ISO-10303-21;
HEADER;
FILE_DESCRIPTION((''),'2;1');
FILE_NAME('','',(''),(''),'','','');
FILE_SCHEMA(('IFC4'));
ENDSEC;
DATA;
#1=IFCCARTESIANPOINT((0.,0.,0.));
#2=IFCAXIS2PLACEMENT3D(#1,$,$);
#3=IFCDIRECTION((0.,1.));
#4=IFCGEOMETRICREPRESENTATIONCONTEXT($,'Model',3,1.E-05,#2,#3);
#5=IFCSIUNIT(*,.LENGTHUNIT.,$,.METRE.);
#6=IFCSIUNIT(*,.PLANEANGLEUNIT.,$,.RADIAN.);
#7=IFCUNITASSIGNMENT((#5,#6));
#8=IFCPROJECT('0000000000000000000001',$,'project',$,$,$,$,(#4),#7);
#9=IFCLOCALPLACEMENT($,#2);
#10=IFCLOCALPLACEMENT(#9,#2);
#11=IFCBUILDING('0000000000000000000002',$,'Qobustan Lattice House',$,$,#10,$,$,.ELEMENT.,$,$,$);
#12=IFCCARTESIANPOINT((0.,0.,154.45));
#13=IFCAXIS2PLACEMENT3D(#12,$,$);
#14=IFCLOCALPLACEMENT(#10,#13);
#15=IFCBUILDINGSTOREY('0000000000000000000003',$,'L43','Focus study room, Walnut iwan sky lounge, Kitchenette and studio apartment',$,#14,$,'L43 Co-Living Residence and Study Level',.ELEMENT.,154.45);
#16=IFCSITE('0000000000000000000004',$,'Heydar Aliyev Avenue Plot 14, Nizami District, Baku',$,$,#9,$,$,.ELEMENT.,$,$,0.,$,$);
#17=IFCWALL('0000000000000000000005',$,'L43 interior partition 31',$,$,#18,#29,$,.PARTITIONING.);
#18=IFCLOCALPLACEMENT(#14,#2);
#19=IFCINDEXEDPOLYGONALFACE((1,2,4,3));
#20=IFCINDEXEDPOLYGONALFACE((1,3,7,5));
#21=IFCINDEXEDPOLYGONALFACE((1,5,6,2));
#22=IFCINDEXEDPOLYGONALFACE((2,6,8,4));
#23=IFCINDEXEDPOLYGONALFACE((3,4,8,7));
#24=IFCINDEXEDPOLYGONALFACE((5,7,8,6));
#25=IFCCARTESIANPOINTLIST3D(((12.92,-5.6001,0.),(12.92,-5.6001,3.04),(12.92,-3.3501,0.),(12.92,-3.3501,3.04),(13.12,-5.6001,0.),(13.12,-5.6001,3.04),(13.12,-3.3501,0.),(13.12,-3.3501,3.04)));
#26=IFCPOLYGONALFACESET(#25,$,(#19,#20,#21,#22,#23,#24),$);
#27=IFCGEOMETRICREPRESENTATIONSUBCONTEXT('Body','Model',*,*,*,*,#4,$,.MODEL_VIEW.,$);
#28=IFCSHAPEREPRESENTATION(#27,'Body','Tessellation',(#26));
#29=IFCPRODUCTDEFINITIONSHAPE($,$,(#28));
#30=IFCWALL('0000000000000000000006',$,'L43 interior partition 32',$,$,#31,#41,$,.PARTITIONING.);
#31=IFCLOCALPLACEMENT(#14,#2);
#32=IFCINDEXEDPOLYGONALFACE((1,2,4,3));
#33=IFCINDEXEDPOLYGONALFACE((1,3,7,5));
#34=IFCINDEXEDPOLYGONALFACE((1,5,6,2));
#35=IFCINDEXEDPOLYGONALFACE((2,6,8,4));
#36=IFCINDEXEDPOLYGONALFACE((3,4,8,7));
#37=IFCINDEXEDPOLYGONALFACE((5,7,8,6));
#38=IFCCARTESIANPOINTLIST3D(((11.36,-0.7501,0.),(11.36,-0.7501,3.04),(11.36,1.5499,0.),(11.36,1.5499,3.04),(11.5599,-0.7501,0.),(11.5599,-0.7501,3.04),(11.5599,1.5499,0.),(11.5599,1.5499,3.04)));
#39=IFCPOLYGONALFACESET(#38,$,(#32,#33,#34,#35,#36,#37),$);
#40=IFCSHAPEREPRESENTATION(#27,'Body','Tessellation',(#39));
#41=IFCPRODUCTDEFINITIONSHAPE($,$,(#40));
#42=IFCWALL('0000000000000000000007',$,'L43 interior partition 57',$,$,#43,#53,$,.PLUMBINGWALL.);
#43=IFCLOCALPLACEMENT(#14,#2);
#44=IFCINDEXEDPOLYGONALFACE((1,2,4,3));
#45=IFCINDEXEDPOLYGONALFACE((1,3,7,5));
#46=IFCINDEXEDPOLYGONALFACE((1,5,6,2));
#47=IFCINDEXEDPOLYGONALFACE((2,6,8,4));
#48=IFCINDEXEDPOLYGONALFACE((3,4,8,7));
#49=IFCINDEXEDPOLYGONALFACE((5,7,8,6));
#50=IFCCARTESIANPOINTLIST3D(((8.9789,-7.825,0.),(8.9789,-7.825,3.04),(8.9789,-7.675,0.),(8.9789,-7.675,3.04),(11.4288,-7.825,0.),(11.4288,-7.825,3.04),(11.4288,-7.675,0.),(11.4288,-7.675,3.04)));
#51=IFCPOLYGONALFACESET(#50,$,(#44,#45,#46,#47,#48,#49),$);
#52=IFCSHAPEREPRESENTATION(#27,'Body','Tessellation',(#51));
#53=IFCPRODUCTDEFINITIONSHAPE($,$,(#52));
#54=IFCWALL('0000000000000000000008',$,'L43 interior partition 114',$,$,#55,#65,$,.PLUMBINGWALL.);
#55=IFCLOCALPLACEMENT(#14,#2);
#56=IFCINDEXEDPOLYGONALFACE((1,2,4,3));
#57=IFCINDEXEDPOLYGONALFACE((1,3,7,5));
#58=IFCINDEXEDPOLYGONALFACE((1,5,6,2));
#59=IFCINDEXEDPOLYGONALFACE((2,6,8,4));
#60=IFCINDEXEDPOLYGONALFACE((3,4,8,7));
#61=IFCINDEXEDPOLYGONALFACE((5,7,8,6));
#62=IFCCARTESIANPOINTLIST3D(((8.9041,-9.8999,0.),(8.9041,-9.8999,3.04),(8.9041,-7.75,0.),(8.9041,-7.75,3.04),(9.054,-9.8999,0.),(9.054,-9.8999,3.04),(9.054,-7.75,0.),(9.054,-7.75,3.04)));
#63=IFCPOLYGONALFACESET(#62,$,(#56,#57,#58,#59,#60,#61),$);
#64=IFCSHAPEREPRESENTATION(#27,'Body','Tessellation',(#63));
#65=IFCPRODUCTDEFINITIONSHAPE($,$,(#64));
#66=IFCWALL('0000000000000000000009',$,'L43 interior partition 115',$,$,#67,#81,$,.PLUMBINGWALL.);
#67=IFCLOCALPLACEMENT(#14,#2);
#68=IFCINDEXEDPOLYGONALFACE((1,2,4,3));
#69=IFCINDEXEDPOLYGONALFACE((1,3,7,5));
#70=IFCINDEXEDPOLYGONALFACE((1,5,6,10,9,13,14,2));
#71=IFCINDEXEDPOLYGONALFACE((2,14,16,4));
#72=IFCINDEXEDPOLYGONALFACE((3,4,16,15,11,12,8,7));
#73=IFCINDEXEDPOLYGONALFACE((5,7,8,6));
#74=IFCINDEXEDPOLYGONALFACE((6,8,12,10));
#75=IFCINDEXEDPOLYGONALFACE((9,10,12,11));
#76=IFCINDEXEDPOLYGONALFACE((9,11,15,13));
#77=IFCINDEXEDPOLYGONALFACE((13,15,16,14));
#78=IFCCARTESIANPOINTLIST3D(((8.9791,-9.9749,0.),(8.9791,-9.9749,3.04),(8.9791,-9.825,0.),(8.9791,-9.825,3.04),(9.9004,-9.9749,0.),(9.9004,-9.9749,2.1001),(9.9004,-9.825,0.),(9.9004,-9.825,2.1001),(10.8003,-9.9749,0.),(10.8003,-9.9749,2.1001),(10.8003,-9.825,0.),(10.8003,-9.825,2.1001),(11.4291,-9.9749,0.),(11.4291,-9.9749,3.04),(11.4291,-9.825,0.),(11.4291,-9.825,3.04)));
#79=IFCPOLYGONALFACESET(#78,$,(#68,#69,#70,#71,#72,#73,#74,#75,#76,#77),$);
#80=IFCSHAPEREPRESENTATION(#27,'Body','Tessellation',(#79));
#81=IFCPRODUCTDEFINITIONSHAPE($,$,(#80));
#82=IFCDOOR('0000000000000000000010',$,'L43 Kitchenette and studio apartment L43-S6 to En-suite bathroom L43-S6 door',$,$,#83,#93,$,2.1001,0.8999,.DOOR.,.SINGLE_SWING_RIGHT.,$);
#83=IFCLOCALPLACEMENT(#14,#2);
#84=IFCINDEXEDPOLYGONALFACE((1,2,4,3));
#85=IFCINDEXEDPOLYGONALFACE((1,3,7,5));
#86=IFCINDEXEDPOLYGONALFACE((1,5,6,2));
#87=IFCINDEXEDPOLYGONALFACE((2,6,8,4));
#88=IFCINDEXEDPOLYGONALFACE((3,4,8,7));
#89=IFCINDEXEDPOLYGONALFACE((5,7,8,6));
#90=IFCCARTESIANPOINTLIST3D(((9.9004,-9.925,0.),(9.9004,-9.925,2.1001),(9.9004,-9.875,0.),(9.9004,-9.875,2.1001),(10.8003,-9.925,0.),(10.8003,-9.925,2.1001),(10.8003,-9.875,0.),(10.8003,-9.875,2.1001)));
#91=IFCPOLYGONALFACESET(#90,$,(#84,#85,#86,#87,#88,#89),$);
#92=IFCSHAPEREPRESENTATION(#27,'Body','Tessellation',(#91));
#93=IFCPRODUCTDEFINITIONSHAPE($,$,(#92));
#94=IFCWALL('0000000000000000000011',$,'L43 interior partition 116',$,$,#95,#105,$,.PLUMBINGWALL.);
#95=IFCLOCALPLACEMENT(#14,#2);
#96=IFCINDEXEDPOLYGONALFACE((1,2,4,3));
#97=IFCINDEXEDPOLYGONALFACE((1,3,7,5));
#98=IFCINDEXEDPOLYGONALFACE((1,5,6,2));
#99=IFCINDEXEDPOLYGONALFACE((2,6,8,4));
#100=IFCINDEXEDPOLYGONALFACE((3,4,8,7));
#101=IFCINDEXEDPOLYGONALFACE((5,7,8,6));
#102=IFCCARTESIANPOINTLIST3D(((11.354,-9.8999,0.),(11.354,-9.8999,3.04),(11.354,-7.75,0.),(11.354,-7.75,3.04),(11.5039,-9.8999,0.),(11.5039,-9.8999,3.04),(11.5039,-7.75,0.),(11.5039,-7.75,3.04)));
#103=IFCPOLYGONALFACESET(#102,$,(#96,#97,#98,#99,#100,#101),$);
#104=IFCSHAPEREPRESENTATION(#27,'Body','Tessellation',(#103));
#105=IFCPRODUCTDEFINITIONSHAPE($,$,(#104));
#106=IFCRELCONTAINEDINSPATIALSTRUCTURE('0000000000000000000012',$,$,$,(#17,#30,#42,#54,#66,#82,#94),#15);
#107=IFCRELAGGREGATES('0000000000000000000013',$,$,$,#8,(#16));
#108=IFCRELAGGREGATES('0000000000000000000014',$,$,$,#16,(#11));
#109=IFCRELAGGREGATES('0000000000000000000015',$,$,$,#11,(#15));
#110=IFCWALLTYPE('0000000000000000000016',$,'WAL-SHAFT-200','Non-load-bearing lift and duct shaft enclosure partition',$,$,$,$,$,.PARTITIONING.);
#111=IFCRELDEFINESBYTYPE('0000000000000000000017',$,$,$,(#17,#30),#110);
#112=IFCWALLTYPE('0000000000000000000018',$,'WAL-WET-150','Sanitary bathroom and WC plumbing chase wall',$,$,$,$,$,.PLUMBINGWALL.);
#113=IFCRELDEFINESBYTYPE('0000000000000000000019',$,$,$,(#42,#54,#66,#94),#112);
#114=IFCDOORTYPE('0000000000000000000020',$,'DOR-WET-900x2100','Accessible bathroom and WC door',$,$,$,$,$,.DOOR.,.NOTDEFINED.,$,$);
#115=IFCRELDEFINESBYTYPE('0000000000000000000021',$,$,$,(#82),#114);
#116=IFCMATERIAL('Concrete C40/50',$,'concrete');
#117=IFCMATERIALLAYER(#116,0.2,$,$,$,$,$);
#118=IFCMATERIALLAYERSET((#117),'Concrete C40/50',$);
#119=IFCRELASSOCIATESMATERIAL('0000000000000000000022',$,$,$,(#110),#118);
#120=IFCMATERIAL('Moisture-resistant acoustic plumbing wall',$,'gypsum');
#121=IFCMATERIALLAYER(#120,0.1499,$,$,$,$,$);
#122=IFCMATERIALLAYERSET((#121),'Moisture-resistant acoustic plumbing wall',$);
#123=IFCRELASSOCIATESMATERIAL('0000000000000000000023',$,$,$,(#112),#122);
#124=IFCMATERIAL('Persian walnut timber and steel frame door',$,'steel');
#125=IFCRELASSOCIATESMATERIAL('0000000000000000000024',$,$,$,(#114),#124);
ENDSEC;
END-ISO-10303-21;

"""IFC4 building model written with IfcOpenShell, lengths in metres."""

from ifc_helpers import new_model, si_unit, direction, frame, frame_2d, origin, place, context, subcontext, project, spatial, rectangle, extrude, material, layer, layer_set, type_object, element, fill, save


model = new_model("IFC4")

# Units and contexts
model_context = context("Model", 3, precision=1e-05, world=origin(), true_north=direction((0.0, 1.0)))
body_context = subcontext(model_context, "Body", "Model", "MODEL_VIEW")
ifc_project = project(units=[si_unit("LENGTHUNIT", "METRE"), si_unit("PLANEANGLEUNIT", "RADIAN")], contexts=[model_context])

# Site, building, storey
site_placement = place(None, origin())
site = spatial("IfcSite", under=ifc_project, at=site_placement, Name="Heydar Aliyev Avenue Plot 14, Nizami District, Baku", CompositionType="ELEMENT", RefElevation=0.0)
building_placement = place(site_placement, origin())
building = spatial("IfcBuilding", under=site, at=building_placement, Name="Qobustan Lattice House", CompositionType="ELEMENT")
storey_placement = place(building_placement, frame((0.0, 0.0, 154.45)))
storey = spatial("IfcBuildingStorey", under=building, at=storey_placement, Name="L43", Description="Focus study room, Walnut iwan sky lounge, Kitchenette and studio apartment", LongName="L43 Co-Living Residence and Study Level", CompositionType="ELEMENT", Elevation=154.45)

# Shared definitions
ifc_material_1 = material(Name="Concrete C40/50", Category="concrete")
ifc_layer_1 = layer(ifc_material_1, 0.2)
ifc_layer_set_1 = layer_set([ifc_layer_1], Name="Concrete C40/50")
wall_type_1 = type_object("IfcWallType", Name="WAL-SHAFT-200", Description="Non-load-bearing lift and duct shaft enclosure partition", PredefinedType="PARTITIONING", material=ifc_layer_set_1)

# Walls
for number, where, z_axis, x_axis, name in (
    (1, (13.02, -5.6001, 0.0), (0.0, 0.0, 1.0), (0.0, 1.0, 0.0), "L43 interior partition 31"),
):
    element("IfcWall", number, at=place(storey_placement, frame(where, z_axis=z_axis, x_axis=x_axis)), inside=storey, type_object=wall_type_1, Name=name, PredefinedType="PARTITIONING", context=body_context, shape_type="SweptSolid", body=[
        extrude(rectangle(XDim=2.25, YDim=0.2, at=frame_2d((1.125, 0.0))), origin(), (0.0, 0.0, 1.0), 3.04),
    ])
wall_1_placement = place(storey_placement, frame((11.46, -0.75, 0.0), z_axis=(0.0, 0.0, 1.0), x_axis=(0.0, 1.0, 0.0)))
element("IfcWall", 2, at=wall_1_placement, inside=storey, type_object=wall_type_1, Name="L43 interior partition 32", PredefinedType="PARTITIONING", context=body_context, shape_type="SweptSolid", body=[
    extrude(rectangle(XDim=2.3, YDim=0.2, at=frame_2d((1.1499, 0.0))), origin(), (0.0, 0.0, 1.0), 3.04),
])
ifc_material_2 = material(Name="Moisture-resistant acoustic plumbing wall", Category="gypsum")
ifc_layer_2 = layer(ifc_material_2, 0.1499)
ifc_layer_set_2 = layer_set([ifc_layer_2], Name="Moisture-resistant acoustic plumbing wall")
wall_type_2 = type_object("IfcWallType", Name="WAL-WET-150", Description="Sanitary bathroom and WC plumbing chase wall", PredefinedType="PLUMBINGWALL", material=ifc_layer_set_2)
wall_2_placement = place(storey_placement, frame((11.429, -7.75, 0.0), z_axis=(0.0, 0.0, 1.0), x_axis=(-1.0, 0.0, 0.0)))
element("IfcWall", 3, at=wall_2_placement, inside=storey, type_object=wall_type_2, Name="L43 interior partition 57", PredefinedType="PLUMBINGWALL", context=body_context, shape_type="SweptSolid", body=[
    extrude(rectangle(XDim=2.45, YDim=0.1499, at=frame_2d((1.2251, 0.0))), origin(), (0.0, 0.0, 1.0), 3.04),
])
wall_3_placement = place(storey_placement, frame((8.979, -7.75, 0.0), z_axis=(0.0, 0.0, 1.0), x_axis=(0.0, -1.0, 0.0)))
element("IfcWall", 4, at=wall_3_placement, inside=storey, type_object=wall_type_2, Name="L43 interior partition 114", PredefinedType="PLUMBINGWALL", context=body_context, shape_type="SweptSolid", body=[
    extrude(rectangle(XDim=2.1499, YDim=0.1499, at=frame_2d((1.075, 0.0))), origin(), (0.0, 0.0, 1.0), 3.04),
])

# Wall, opening, door
wall_4_placement = place(storey_placement, frame((8.979, -9.8999, 0.0), z_axis=(0.0, 0.0, 1.0), x_axis=(1.0, 0.0, 0.0)))
wall_4 = element("IfcWall", 5, at=wall_4_placement, inside=storey, type_object=wall_type_2, Name="L43 interior partition 115", PredefinedType="PLUMBINGWALL", context=body_context, shape_type="SweptSolid", body=[
    extrude(rectangle(XDim=2.45, YDim=0.1499, at=frame_2d((1.2251, 0.0))), origin(), (0.0, 0.0, 1.0), 3.04),
])
opening_1_placement = place(wall_4_placement, frame((0.9214, 0.0, 0.0)))
opening_1 = element("IfcOpeningElement", 6, at=opening_1_placement, cuts=wall_4, PredefinedType="OPENING", context=body_context, shape_type="SweptSolid", body=[
    extrude(rectangle(XDim=0.8999, YDim=2.1001, at=frame_2d((0.45, 1.05))), frame((0.0, 0.085, 0.0), z_axis=(0.0, -1.0, 0.0), x_axis=(1.0, 0.0, 0.0)), (0.0, 0.0, 1.0), 0.1699),
])
ifc_material_3 = material(Name="Persian walnut timber and steel frame door", Category="steel")
door_type_1 = type_object("IfcDoorType", Name="DOR-WET-900x2100", Description="Accessible bathroom and WC door", OperationType="NOTDEFINED", PredefinedType="DOOR", material=ifc_material_3)
door_1_placement = place(opening_1_placement, origin())
door_1 = element("IfcDoor", 7, at=door_1_placement, inside=storey, type_object=door_type_1, Name="L43 Kitchenette and studio apartment L43-S6 to En-suite bathroom L43-S6 door", OperationType="SINGLE_SWING_RIGHT", OverallHeight=2.1001, OverallWidth=0.8999, PredefinedType="DOOR", context=body_context, shape_type="SweptSolid", body=[
    extrude(rectangle(XDim=0.8999, YDim=2.1001, at=frame_2d((0.45, 1.05))), frame((0.0, 0.0249, 0.0), z_axis=(0.0, -1.0, 0.0), x_axis=(1.0, 0.0, 0.0)), (0.0, 0.0, 1.0), 0.05),
])
fill(opening_1, door_1)

# Wall
wall_5_placement = place(storey_placement, frame((11.429, -9.8999, 0.0), z_axis=(0.0, 0.0, 1.0), x_axis=(0.0, 1.0, 0.0)))
element("IfcWall", 8, at=wall_5_placement, inside=storey, type_object=wall_type_2, Name="L43 interior partition 116", PredefinedType="PLUMBINGWALL", context=body_context, shape_type="SweptSolid", body=[
    extrude(rectangle(XDim=2.1499, YDim=0.1499, at=frame_2d((1.075, 0.0))), origin(), (0.0, 0.0, 1.0), 3.04),
])

save(model, "model.ifc")
